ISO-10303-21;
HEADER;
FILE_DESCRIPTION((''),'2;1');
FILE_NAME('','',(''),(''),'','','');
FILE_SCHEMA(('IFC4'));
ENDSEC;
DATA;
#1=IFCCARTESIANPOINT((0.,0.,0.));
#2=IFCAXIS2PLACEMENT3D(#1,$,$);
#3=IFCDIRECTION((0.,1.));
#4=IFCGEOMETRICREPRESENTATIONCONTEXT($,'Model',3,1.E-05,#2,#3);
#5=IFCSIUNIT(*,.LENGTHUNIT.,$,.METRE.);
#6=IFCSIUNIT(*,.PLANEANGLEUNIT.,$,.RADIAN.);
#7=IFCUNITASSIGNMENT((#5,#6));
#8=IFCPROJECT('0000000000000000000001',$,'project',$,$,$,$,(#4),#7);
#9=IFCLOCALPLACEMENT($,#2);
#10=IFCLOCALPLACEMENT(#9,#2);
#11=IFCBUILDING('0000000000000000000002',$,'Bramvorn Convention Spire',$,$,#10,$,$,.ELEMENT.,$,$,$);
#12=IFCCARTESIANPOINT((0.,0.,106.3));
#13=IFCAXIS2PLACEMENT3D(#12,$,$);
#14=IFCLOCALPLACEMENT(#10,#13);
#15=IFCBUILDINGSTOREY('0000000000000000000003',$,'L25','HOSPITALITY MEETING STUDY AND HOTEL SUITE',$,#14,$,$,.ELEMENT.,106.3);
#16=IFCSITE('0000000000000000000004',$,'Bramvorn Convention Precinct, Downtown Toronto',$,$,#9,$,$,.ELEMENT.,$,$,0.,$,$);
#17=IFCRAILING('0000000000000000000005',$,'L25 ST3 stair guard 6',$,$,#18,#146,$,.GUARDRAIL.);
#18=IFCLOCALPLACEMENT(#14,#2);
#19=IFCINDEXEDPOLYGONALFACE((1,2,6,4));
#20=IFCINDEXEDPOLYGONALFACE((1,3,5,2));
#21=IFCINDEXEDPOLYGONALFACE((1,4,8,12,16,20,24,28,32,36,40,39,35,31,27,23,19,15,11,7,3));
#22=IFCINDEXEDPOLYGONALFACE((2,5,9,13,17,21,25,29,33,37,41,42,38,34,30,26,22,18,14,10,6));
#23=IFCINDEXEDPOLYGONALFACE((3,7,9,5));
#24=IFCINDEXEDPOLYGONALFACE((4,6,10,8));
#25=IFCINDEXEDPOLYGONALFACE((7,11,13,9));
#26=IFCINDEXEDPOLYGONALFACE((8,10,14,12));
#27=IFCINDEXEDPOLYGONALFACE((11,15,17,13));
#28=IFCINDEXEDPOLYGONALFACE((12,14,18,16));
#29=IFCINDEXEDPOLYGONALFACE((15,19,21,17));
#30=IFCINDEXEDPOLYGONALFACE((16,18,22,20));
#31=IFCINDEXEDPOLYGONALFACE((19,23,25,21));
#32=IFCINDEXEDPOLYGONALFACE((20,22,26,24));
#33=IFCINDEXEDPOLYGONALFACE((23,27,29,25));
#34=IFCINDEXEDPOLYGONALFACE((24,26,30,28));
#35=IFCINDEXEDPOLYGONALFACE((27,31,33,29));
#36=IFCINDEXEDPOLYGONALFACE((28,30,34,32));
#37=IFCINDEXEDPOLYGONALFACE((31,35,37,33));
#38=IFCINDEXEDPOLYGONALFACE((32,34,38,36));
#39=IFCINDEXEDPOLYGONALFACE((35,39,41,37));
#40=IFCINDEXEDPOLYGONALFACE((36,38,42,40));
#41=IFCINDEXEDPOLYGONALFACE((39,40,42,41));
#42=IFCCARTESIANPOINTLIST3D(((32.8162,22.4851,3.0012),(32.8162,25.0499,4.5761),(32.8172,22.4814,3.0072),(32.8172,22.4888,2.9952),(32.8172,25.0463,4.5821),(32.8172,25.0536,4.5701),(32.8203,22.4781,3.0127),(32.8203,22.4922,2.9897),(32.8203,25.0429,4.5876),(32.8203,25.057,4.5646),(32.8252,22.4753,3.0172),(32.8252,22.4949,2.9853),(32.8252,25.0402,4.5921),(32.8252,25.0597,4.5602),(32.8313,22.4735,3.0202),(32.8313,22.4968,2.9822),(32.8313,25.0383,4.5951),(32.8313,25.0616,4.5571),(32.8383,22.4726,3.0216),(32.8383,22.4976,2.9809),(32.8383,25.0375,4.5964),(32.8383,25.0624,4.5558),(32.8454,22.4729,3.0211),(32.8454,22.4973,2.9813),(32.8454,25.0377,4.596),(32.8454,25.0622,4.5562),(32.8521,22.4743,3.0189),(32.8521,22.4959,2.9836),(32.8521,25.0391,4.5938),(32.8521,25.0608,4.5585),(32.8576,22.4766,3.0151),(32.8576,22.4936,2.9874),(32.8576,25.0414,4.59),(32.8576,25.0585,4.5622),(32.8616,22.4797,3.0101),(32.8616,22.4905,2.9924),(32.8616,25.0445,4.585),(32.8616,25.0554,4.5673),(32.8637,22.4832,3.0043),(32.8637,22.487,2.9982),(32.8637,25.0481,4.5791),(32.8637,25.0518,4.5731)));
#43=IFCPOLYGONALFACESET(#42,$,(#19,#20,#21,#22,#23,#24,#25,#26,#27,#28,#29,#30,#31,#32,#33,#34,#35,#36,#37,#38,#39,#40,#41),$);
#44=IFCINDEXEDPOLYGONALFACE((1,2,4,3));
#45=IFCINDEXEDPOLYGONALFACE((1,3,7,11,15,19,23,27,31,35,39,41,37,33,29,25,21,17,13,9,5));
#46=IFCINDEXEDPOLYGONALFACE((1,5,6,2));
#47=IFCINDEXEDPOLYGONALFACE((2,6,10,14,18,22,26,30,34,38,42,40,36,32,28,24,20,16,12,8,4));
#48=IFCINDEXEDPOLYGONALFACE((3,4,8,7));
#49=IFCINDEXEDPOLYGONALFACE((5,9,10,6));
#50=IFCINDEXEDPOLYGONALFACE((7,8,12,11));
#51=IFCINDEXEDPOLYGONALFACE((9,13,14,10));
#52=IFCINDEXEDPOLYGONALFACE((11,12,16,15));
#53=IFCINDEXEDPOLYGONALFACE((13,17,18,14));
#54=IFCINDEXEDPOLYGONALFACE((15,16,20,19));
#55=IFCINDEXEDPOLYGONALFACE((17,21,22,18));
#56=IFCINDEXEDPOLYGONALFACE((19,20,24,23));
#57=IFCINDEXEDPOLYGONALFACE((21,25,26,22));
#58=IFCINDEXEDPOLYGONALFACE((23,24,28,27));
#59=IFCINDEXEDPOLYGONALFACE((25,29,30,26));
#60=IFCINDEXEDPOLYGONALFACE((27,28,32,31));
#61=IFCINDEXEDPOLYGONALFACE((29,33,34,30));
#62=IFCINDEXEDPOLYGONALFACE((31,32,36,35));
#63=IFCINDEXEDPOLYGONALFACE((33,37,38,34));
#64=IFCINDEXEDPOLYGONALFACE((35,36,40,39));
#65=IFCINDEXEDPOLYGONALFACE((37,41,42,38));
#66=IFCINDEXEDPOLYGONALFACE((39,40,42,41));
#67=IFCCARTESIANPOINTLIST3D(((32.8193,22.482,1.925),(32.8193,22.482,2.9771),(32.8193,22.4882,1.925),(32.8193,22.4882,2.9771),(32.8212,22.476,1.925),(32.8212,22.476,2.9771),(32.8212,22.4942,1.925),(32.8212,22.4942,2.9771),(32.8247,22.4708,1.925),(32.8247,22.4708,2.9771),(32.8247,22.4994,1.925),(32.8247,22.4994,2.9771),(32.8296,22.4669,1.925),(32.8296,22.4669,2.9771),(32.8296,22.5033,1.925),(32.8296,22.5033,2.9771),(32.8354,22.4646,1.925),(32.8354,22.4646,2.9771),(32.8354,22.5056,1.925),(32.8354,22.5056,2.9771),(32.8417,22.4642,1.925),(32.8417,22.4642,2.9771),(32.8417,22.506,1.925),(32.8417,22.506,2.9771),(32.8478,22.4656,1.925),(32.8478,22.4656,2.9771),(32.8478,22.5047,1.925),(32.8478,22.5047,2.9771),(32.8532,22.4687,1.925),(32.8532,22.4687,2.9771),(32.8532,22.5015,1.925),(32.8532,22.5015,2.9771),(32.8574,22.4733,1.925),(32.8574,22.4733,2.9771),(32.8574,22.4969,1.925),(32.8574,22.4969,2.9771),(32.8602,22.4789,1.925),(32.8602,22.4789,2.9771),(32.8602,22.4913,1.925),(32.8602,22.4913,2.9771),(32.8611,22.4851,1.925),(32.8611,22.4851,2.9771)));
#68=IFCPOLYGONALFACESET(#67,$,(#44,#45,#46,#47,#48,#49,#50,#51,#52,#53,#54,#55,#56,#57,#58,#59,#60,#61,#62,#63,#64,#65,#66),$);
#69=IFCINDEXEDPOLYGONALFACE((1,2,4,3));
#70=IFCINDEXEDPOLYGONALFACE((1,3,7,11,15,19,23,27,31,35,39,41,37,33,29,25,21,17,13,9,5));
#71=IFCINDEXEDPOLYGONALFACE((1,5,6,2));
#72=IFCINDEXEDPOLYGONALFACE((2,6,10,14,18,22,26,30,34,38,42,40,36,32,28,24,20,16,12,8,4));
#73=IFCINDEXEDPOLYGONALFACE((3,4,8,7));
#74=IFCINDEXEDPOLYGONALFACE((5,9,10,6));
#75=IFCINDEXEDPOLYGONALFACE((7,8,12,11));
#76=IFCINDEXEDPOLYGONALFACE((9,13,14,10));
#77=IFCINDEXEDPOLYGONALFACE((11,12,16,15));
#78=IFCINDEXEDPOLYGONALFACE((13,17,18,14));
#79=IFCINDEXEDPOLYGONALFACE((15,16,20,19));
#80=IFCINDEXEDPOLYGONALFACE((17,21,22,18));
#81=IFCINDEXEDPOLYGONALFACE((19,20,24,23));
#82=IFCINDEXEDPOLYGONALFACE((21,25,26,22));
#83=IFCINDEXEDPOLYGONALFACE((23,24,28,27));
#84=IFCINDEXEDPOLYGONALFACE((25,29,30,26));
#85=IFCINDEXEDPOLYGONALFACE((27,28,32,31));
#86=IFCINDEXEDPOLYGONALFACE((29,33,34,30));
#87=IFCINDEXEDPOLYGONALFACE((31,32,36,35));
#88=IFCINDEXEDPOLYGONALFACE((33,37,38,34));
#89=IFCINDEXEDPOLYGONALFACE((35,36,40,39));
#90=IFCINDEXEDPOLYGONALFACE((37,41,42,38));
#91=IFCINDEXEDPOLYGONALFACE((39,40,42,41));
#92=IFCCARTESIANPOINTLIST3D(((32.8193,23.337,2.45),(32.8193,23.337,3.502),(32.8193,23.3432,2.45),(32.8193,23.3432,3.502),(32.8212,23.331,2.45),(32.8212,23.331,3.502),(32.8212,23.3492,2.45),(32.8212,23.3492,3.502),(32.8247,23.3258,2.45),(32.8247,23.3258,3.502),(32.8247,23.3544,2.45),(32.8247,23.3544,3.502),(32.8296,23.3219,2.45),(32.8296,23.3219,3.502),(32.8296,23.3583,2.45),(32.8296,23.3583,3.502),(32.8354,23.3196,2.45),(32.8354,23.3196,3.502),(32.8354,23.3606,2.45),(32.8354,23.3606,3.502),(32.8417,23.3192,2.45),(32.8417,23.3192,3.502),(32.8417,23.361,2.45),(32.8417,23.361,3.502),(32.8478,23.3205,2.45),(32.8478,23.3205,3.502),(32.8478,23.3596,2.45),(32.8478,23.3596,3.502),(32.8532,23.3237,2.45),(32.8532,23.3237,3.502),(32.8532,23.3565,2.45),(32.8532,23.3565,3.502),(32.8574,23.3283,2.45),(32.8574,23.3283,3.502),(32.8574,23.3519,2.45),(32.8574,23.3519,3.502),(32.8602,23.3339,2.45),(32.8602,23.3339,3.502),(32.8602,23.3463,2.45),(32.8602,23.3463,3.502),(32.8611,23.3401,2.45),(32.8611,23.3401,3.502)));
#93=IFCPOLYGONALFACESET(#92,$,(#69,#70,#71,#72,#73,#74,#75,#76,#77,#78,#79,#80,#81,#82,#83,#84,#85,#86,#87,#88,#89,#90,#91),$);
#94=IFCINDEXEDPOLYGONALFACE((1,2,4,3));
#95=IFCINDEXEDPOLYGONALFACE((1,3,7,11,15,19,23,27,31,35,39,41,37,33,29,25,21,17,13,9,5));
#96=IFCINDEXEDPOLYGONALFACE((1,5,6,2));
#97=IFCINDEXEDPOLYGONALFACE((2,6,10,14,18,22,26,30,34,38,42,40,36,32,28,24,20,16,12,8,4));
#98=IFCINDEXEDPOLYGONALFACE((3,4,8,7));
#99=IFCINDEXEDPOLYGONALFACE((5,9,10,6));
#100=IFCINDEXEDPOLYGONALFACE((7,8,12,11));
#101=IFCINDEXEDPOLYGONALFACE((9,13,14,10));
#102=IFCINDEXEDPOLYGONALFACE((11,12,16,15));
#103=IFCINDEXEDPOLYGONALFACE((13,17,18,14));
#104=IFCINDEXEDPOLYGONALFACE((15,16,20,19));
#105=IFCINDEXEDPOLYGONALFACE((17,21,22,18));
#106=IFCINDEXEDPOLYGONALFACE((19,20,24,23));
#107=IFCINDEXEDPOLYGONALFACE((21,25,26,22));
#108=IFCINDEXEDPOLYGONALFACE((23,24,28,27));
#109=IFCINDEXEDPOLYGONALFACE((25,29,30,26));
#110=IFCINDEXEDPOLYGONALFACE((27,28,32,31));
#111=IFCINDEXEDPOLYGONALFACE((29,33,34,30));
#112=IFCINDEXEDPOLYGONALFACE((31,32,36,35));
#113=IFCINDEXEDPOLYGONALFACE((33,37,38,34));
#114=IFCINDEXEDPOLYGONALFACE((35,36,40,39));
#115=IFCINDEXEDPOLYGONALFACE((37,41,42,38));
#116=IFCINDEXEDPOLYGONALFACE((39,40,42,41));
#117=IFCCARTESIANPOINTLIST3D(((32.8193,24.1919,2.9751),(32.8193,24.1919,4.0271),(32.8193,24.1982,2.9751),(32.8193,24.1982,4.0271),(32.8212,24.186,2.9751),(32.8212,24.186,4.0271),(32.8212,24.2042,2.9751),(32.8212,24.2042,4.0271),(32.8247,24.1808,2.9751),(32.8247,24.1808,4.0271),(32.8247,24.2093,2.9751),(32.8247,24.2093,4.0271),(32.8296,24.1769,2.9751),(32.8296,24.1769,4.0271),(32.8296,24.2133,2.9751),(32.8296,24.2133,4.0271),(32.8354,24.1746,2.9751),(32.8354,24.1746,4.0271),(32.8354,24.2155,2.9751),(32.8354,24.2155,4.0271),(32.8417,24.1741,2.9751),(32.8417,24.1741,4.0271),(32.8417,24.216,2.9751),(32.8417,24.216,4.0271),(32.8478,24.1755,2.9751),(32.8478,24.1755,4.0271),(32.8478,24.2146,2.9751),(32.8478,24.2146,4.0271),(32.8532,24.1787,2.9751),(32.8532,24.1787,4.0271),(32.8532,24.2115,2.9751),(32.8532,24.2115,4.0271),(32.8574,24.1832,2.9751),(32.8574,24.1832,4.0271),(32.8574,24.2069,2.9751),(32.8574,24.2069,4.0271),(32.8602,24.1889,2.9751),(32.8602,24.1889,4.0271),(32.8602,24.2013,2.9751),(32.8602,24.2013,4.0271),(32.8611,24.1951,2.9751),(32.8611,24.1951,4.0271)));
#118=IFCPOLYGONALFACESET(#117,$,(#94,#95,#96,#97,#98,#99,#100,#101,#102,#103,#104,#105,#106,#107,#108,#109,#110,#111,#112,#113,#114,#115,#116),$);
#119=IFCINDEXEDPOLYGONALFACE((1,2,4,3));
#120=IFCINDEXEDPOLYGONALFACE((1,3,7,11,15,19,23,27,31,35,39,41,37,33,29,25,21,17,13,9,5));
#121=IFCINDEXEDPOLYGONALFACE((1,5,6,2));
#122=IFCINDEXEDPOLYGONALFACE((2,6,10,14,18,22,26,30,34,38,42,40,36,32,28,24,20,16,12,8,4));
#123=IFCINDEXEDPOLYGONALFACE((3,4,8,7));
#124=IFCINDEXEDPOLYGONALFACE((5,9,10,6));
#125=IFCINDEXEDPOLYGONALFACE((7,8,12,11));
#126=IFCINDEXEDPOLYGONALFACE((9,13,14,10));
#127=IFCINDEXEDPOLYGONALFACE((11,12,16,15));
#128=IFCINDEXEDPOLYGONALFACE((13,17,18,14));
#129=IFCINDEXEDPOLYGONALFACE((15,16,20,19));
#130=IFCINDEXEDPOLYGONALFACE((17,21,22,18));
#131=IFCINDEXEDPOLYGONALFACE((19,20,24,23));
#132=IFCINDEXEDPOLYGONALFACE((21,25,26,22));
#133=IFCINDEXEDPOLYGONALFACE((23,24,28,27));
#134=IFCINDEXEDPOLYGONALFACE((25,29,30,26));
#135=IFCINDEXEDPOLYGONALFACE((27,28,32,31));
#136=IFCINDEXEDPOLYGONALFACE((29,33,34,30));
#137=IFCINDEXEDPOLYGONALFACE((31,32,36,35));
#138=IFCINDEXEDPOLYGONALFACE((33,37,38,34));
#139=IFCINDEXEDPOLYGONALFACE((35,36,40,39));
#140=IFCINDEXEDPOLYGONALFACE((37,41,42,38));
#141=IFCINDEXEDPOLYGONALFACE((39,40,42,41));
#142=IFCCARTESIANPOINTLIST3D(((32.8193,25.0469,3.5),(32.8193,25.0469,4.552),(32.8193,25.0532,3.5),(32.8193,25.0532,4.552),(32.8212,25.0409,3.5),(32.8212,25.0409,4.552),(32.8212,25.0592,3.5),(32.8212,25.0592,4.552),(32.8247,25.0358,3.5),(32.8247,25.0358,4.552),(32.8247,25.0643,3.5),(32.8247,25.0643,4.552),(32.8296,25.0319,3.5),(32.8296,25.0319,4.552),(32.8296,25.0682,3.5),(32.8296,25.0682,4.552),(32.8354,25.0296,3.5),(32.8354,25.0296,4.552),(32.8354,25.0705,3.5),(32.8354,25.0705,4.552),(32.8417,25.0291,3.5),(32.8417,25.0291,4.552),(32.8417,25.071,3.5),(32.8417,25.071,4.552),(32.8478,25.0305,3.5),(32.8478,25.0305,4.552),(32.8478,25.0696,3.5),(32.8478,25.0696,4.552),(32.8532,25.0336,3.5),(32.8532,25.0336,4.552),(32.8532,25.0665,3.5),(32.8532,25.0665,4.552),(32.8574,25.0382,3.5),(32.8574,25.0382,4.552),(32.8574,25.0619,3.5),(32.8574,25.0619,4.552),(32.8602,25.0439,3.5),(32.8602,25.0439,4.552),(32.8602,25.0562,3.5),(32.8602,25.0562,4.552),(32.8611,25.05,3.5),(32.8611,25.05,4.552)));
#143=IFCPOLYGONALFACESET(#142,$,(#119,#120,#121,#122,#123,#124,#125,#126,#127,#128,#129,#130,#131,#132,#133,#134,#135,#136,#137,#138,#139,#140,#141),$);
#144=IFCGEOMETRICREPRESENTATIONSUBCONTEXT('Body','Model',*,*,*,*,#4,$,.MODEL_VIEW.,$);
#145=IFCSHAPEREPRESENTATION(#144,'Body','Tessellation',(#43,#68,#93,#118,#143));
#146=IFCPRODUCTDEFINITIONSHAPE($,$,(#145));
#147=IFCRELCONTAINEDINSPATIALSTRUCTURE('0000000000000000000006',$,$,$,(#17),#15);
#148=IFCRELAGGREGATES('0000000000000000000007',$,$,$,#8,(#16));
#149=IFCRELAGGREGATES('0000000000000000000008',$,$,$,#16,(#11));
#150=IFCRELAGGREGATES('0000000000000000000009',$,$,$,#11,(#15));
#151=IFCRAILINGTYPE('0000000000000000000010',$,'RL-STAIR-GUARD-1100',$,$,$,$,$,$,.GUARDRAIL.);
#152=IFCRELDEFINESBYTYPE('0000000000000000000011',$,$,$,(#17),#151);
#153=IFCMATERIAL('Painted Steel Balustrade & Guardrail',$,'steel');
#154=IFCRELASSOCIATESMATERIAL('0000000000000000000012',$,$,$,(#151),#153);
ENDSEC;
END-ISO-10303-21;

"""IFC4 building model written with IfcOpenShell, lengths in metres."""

from ifc_helpers import new_model, si_unit, direction, frame, origin, origin_2d, place, context, subcontext, project, spatial, circle, extrude, material, type_object, element, save


model = new_model("IFC4")

# Units and contexts
model_context = context("Model", 3, precision=1e-05, world=origin(), true_north=direction((0.0, 1.0)))
body_context = subcontext(model_context, "Body", "Model", "MODEL_VIEW")
ifc_project = project(units=[si_unit("LENGTHUNIT", "METRE"), si_unit("PLANEANGLEUNIT", "RADIAN")], contexts=[model_context])

# Site, building, storey
site_placement = place(None, origin())
site = spatial("IfcSite", under=ifc_project, at=site_placement, Name="Bramvorn Convention Precinct, Downtown Toronto", CompositionType="ELEMENT", RefElevation=0.0)
building_placement = place(site_placement, origin())
building = spatial("IfcBuilding", under=site, at=building_placement, Name="Bramvorn Convention Spire", CompositionType="ELEMENT")
storey_placement = place(building_placement, frame((0.0, 0.0, 106.3)))
storey = spatial("IfcBuildingStorey", under=building, at=storey_placement, Name="L25", Description="HOSPITALITY MEETING STUDY AND HOTEL SUITE", CompositionType="ELEMENT", Elevation=106.3)

# Railing
ifc_material_1 = material(Name="Painted Steel Balustrade & Guardrail", Category="steel")
railing_type_1 = type_object("IfcRailingType", Name="RL-STAIR-GUARD-1100", PredefinedType="GUARDRAIL", material=ifc_material_1)
railing_1_placement = place(storey_placement, frame((32.8401, 22.4851, 1.925)))
element("IfcRailing", 1, at=railing_1_placement, inside=storey, type_object=railing_type_1, Name="L25 ST3 stair guard 6", PredefinedType="GUARDRAIL", context=body_context, shape_type="SweptSolid", body=[
    extrude(circle(Radius=0.0239, at=origin_2d()), frame((0.0, 0.0, 1.0762), z_axis=(0.0, 0.852173, 0.52326), x_axis=(-1.0, 0.0, 0.0)), (0.0, 0.0, 1.0), 3.0098),
    extrude(circle(Radius=0.021, at=origin_2d()), origin(), (0.0, 0.0, 1.0), 1.052),
    extrude(circle(Radius=0.021, at=origin_2d()), frame((0.0, 0.855, 0.5249)), (0.0, 0.0, 1.0), 1.052),
    extrude(circle(Radius=0.021, at=origin_2d()), frame((0.0, 1.71, 1.05)), (0.0, 0.0, 1.0), 1.052),
    extrude(circle(Radius=0.021, at=origin_2d()), frame((0.0, 2.5649, 1.575)), (0.0, 0.0, 1.0), 1.052),
])

save(model, "model.ifc")
